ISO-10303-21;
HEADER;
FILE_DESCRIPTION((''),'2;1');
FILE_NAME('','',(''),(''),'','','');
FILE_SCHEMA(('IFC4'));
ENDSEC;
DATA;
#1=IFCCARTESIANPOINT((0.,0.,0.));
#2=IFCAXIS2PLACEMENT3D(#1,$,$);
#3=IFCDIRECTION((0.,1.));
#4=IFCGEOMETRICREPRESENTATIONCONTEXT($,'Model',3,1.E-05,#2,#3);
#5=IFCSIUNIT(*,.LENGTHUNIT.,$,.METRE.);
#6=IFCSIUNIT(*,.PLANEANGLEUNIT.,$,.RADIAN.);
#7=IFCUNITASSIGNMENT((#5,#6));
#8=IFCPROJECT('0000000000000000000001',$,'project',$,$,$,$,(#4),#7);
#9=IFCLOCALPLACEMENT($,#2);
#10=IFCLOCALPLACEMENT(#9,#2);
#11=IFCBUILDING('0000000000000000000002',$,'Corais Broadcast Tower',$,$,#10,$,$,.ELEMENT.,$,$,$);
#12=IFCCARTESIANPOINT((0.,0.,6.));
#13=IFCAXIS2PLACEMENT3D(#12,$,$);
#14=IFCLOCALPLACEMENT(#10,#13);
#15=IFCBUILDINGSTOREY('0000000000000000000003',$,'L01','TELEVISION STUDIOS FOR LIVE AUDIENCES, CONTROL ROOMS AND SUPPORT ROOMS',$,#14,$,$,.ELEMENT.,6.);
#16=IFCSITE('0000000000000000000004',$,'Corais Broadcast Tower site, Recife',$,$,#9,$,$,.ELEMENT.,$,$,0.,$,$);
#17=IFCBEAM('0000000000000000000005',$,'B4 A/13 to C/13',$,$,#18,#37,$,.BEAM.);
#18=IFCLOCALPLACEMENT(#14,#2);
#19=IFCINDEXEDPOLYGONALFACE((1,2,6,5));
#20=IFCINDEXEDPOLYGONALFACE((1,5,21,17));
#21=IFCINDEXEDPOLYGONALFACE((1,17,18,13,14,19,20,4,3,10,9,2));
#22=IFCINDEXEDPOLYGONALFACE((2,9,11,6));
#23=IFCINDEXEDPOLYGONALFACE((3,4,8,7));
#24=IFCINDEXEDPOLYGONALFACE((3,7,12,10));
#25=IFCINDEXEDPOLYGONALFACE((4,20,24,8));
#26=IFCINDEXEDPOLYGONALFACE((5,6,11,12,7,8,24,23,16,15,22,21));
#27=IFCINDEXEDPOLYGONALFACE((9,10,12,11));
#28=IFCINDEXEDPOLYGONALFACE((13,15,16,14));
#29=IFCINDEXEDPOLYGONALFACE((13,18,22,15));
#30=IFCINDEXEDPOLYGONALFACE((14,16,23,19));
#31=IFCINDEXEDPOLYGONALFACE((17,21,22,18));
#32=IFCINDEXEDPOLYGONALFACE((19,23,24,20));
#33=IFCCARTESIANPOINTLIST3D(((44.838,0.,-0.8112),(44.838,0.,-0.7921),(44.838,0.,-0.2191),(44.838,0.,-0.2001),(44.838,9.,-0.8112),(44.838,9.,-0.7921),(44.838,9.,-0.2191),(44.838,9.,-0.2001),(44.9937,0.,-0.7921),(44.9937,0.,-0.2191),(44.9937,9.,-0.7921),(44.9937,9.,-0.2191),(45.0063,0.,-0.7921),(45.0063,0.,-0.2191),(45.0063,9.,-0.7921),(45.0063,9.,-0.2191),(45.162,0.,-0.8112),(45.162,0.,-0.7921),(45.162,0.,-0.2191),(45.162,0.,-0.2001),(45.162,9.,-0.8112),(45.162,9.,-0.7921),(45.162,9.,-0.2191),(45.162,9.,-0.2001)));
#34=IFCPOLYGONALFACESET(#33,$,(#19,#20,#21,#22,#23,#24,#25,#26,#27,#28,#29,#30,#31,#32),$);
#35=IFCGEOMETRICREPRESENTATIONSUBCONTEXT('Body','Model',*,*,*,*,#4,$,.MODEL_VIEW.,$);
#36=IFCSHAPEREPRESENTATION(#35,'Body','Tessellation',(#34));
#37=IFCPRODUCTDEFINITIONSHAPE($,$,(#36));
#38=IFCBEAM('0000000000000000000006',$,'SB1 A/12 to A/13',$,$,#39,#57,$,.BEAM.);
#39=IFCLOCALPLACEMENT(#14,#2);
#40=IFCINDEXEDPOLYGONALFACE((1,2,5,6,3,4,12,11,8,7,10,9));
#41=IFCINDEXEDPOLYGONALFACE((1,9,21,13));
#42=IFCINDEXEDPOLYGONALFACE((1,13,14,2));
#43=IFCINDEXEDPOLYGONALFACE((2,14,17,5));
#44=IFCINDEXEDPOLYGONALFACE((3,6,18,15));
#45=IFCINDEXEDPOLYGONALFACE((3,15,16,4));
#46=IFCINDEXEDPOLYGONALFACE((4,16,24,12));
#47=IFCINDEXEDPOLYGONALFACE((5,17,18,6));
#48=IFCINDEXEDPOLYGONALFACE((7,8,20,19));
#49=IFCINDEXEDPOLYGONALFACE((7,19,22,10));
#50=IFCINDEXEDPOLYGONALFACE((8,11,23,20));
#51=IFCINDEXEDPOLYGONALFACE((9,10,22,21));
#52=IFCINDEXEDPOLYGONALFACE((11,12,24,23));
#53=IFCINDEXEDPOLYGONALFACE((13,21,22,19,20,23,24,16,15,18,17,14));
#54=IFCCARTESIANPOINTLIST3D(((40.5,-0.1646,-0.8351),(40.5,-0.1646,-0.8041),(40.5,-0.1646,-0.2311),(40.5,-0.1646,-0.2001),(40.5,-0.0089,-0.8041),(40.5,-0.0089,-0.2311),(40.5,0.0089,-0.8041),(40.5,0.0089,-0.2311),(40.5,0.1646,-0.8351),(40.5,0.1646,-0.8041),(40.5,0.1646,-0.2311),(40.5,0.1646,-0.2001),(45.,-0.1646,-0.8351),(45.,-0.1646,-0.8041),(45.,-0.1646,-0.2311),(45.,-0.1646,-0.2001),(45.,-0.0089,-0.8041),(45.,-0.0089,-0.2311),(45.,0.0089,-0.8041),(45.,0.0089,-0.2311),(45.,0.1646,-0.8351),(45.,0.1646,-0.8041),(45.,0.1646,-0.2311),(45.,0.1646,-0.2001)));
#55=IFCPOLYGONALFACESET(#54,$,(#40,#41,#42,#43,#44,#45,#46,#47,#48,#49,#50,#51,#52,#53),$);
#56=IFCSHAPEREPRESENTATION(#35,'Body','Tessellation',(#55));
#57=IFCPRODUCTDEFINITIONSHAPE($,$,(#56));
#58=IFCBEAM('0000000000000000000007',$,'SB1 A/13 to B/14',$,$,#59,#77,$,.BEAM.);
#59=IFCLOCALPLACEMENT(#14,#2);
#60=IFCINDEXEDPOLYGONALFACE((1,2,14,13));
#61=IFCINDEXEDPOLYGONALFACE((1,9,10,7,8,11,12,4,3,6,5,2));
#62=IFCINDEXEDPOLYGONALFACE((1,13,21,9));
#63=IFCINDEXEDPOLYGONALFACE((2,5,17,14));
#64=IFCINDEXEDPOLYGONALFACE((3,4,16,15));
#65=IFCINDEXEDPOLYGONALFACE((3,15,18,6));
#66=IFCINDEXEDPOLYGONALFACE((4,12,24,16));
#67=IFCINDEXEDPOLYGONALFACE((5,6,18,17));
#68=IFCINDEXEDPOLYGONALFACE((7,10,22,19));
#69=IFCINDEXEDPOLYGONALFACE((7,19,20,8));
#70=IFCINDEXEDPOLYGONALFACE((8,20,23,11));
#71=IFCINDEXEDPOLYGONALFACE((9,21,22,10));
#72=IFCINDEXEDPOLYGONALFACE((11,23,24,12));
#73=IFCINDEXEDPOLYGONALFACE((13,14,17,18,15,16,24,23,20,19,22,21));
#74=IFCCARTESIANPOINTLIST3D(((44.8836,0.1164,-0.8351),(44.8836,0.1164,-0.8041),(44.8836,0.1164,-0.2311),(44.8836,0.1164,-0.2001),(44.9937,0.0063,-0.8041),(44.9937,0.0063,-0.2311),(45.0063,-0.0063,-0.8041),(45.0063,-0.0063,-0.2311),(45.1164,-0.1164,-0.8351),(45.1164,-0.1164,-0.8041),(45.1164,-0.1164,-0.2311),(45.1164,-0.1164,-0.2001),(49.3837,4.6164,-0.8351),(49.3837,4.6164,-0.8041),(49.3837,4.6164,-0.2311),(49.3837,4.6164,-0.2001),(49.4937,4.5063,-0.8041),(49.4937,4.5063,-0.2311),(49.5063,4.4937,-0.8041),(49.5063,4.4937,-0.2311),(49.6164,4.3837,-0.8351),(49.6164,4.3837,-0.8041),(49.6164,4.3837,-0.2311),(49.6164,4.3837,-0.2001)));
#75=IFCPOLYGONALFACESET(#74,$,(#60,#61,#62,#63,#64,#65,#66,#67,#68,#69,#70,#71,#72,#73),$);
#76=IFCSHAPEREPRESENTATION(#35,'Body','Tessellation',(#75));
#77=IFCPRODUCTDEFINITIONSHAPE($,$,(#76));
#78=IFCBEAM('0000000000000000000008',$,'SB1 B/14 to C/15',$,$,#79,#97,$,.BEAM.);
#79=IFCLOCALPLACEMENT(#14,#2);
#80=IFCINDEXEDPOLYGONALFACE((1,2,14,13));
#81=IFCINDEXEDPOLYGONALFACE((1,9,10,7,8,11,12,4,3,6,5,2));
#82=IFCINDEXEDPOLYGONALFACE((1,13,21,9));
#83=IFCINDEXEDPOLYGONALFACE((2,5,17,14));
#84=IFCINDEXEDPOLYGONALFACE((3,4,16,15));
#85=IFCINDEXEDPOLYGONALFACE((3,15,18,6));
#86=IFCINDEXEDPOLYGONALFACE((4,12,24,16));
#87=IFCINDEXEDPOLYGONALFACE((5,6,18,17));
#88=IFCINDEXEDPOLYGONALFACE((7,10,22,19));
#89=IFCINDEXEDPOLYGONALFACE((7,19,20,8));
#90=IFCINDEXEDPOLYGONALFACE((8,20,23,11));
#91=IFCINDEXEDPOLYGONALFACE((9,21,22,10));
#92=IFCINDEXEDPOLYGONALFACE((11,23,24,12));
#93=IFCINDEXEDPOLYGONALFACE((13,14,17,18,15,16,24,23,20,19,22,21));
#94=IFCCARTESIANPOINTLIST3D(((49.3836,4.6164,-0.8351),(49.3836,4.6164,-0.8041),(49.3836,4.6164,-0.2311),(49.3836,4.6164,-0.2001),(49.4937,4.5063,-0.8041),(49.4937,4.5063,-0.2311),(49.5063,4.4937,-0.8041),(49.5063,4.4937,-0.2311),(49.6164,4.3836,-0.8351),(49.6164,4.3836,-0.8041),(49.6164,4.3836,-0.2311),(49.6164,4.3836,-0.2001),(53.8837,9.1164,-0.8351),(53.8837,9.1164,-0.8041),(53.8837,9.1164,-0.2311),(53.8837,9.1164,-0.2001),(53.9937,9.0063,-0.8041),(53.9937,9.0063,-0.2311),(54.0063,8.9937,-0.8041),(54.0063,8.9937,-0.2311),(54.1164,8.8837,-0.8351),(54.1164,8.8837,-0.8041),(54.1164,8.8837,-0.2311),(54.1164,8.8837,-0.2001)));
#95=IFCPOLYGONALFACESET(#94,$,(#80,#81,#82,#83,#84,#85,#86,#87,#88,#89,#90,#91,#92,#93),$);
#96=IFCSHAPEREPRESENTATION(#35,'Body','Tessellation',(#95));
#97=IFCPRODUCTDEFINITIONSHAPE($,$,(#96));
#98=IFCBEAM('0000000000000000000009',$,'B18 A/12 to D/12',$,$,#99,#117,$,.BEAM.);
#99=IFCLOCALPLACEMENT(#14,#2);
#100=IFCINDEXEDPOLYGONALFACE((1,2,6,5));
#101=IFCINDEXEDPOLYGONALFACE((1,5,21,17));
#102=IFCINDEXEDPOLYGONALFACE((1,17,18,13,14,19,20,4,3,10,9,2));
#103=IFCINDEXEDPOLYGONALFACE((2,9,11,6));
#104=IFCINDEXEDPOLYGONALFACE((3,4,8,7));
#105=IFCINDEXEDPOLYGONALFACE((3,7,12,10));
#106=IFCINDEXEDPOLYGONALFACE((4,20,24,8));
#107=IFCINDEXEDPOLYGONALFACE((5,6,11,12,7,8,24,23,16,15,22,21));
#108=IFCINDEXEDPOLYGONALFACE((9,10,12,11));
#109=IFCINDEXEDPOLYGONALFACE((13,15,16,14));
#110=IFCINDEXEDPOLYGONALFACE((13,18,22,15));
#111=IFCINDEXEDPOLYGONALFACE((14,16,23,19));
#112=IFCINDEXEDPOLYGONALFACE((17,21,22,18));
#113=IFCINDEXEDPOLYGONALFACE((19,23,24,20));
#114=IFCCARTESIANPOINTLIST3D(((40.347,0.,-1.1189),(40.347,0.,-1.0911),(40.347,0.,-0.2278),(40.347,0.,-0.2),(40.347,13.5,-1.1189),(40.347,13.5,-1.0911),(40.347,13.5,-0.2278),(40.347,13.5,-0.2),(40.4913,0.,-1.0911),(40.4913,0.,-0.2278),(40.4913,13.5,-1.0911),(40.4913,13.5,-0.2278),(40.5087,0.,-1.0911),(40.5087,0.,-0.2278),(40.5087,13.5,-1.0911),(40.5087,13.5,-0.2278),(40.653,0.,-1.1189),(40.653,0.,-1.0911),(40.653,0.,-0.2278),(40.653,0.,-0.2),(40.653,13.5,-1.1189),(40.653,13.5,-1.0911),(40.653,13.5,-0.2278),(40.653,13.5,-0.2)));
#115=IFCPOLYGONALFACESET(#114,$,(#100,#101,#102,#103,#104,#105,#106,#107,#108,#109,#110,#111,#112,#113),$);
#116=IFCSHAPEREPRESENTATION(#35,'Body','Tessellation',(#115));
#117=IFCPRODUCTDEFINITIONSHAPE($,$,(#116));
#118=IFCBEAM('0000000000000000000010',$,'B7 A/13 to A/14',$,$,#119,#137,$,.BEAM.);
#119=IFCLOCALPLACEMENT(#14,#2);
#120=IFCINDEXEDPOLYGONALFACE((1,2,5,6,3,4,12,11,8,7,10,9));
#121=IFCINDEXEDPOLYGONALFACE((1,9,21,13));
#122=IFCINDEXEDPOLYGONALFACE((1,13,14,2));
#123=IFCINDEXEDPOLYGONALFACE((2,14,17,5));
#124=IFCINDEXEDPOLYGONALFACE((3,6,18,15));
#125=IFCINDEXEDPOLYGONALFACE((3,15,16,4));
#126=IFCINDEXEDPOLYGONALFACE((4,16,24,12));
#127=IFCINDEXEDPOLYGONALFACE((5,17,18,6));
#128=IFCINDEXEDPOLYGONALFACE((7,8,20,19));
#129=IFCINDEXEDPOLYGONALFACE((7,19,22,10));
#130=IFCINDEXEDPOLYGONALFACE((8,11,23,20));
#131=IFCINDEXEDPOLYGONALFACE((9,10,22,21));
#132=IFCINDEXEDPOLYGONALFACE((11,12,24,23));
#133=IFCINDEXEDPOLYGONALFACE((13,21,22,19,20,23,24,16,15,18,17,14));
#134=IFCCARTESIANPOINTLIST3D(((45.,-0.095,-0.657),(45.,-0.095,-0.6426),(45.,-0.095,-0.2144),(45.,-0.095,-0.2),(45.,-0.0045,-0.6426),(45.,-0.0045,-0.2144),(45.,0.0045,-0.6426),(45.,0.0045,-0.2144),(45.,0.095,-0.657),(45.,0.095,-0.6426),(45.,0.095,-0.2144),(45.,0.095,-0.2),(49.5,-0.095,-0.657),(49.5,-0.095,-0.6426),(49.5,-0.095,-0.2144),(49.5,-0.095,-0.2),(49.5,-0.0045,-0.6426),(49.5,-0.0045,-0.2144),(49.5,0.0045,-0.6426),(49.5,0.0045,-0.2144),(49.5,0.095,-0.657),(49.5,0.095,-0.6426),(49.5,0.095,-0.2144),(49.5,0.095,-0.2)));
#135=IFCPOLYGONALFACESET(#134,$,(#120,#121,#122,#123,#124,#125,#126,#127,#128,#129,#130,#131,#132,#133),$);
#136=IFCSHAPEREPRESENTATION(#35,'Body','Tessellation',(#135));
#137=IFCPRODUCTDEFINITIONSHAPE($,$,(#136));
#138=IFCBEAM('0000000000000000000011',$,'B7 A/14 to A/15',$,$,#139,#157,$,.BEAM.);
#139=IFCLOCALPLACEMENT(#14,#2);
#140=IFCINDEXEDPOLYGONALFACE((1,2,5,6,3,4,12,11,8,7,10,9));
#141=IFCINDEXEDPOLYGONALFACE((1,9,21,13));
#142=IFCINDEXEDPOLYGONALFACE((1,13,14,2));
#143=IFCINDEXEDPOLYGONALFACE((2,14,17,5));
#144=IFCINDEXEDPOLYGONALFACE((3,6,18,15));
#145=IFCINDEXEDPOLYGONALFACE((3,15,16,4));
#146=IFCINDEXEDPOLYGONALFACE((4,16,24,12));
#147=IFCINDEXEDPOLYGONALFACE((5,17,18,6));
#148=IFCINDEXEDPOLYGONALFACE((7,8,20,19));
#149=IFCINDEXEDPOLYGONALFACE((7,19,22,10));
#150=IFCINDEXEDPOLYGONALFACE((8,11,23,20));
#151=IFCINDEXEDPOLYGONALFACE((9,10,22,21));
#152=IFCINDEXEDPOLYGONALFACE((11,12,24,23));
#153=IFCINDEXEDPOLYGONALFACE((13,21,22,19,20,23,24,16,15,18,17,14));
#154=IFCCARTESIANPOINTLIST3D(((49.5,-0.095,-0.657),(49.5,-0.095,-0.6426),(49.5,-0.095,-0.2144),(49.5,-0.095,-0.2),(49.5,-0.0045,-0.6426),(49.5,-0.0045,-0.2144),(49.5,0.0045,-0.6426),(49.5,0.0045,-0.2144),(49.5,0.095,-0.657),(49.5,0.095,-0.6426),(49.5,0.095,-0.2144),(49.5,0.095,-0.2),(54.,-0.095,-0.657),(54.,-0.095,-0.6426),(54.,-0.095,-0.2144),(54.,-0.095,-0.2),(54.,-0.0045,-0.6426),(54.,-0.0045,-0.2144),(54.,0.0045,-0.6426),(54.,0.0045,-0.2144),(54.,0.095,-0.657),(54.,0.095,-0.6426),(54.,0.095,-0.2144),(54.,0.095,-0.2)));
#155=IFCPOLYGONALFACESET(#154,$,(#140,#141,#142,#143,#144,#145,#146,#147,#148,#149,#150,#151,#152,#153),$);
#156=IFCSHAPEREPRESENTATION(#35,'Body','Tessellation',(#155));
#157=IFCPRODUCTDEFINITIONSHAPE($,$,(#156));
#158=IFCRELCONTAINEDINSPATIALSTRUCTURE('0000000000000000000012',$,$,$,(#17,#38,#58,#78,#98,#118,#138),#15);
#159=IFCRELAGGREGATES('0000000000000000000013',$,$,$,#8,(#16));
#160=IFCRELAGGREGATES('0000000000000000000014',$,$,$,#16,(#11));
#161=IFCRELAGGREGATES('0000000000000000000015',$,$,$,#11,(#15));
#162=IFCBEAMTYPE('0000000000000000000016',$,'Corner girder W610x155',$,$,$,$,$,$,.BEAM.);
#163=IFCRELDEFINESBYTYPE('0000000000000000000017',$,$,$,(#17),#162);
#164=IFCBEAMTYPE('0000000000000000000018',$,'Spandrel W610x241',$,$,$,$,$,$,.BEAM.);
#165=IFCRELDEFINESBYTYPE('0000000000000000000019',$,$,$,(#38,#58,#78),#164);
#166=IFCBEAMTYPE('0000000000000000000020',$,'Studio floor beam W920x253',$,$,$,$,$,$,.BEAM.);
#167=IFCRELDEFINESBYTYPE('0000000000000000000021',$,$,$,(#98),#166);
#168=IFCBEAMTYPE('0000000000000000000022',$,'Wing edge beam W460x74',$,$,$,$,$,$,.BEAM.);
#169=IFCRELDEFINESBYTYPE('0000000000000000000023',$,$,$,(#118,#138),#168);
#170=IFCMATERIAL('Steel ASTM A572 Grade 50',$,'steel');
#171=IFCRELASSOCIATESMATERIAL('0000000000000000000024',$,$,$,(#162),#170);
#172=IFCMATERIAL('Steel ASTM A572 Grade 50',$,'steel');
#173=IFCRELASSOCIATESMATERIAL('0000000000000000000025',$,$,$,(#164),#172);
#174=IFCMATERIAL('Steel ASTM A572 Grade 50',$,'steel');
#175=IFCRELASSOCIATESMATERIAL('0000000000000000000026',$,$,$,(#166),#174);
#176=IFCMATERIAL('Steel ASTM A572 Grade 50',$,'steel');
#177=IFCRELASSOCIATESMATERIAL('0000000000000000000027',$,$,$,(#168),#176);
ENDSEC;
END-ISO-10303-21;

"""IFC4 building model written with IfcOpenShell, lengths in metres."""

from ifc_helpers import new_model, si_unit, direction, frame, origin, origin_2d, place, context, subcontext, project, spatial, i_section, extrude, material, material_profile, profile_set, type_object, element, save


model = new_model("IFC4")

# Units and contexts
model_context = context("Model", 3, precision=1e-05, world=origin(), true_north=direction((0.0, 1.0)))
body_context = subcontext(model_context, "Body", "Model", "MODEL_VIEW")
ifc_project = project(units=[si_unit("LENGTHUNIT", "METRE"), si_unit("PLANEANGLEUNIT", "RADIAN")], contexts=[model_context])

# Site, building, storey
site_placement = place(None, origin())
site = spatial("IfcSite", under=ifc_project, at=site_placement, Name="Corais Broadcast Tower site, Recife", CompositionType="ELEMENT", RefElevation=0.0)
building_placement = place(site_placement, origin())
building = spatial("IfcBuilding", under=site, at=building_placement, Name="Corais Broadcast Tower", CompositionType="ELEMENT")
storey_placement = place(building_placement, frame((0.0, 0.0, 6.0)))
storey = spatial("IfcBuildingStorey", under=building, at=storey_placement, Name="L01", Description="TELEVISION STUDIOS FOR LIVE AUDIENCES, CONTROL ROOMS AND SUPPORT ROOMS", CompositionType="ELEMENT", Elevation=6.0)

# Beams
ifc_material_1 = material(Name="Steel ASTM A572 Grade 50", Category="steel")
ifc_material_profile_1 = material_profile(ifc_material_1, i_section(OverallWidth=0.324, OverallDepth=0.6111, WebThickness=0.0127, FlangeThickness=0.019, at=origin_2d()), Name="W610x155")
ifc_profile_set_1 = profile_set([ifc_material_profile_1], Name="Steel ASTM A572 Grade 50")
beam_type_1 = type_object("IfcBeamType", Name="Corner girder W610x155", PredefinedType="BEAM", material=ifc_profile_set_1)
beam_1_placement = place(storey_placement, frame((45.0, 0.0, -0.5056), z_axis=(0.0, 1.0, 0.0), x_axis=(-1.0, 0.0, 0.0)))
element("IfcBeam", 1, at=beam_1_placement, inside=storey, type_object=beam_type_1, Name="B4 A/13 to C/13", PredefinedType="BEAM", context=body_context, shape_type="SweptSolid", body=[
    extrude(i_section(OverallWidth=0.324, OverallDepth=0.6111, WebThickness=0.0127, FlangeThickness=0.019, at=origin_2d()), origin(), (0.0, 0.0, 1.0), 9.0),
])
ifc_material_2 = material(Name="Steel ASTM A572 Grade 50", Category="steel")
ifc_material_profile_2 = material_profile(ifc_material_2, i_section(OverallWidth=0.3291, OverallDepth=0.635, WebThickness=0.0178, FlangeThickness=0.031, at=origin_2d()), Name="W610x241")
ifc_profile_set_2 = profile_set([ifc_material_profile_2], Name="Steel ASTM A572 Grade 50")
beam_type_2 = type_object("IfcBeamType", Name="Spandrel W610x241", PredefinedType="BEAM", material=ifc_profile_set_2)
beam_2_placement = place(storey_placement, frame((40.5, 0.0, -0.5176), z_axis=(1.0, 0.0, 0.0), x_axis=(0.0, 1.0, 0.0)))
element("IfcBeam", 2, at=beam_2_placement, inside=storey, type_object=beam_type_2, Name="SB1 A/12 to A/13", PredefinedType="BEAM", context=body_context, shape_type="SweptSolid", body=[
    extrude(i_section(OverallWidth=0.3291, OverallDepth=0.635, WebThickness=0.0178, FlangeThickness=0.031, at=origin_2d()), origin(), (0.0, 0.0, 1.0), 4.5),
])
for number, where, z_axis, x_axis, name in (
    (3, (45.0, 0.0, -0.5176), (0.707107, 0.707107, 0.0), (-0.707107, 0.707107, 0.0), "SB1 A/13 to B/14"),
    (4, (49.5, 4.5, -0.5176), (0.707107, 0.707107, 0.0), (-0.707107, 0.707107, 0.0), "SB1 B/14 to C/15"),
):
    element("IfcBeam", number, at=place(storey_placement, frame(where, z_axis=z_axis, x_axis=x_axis)), inside=storey, type_object=beam_type_2, Name=name, PredefinedType="BEAM", context=body_context, shape_type="SweptSolid", body=[
        extrude(i_section(OverallWidth=0.3291, OverallDepth=0.635, WebThickness=0.0178, FlangeThickness=0.031, at=origin_2d()), origin(), (0.0, 0.0, 1.0), 6.364),
    ])
ifc_material_3 = material(Name="Steel ASTM A572 Grade 50", Category="steel")
ifc_material_profile_3 = material_profile(ifc_material_3, i_section(OverallWidth=0.3059, OverallDepth=0.9189, WebThickness=0.0173, FlangeThickness=0.0278, at=origin_2d()), Name="W920x253")
ifc_profile_set_3 = profile_set([ifc_material_profile_3], Name="Steel ASTM A572 Grade 50")
beam_type_3 = type_object("IfcBeamType", Name="Studio floor beam W920x253", PredefinedType="BEAM", material=ifc_profile_set_3)
beam_3_placement = place(storey_placement, frame((40.5, 0.0, -0.6594), z_axis=(0.0, 1.0, 0.0), x_axis=(-1.0, 0.0, 0.0)))
element("IfcBeam", 5, at=beam_3_placement, inside=storey, type_object=beam_type_3, Name="B18 A/12 to D/12", PredefinedType="BEAM", context=body_context, shape_type="SweptSolid", body=[
    extrude(i_section(OverallWidth=0.3059, OverallDepth=0.9189, WebThickness=0.0173, FlangeThickness=0.0278, at=origin_2d()), origin(), (0.0, 0.0, 1.0), 13.5),
])
ifc_material_4 = material(Name="Steel ASTM A572 Grade 50", Category="steel")
ifc_material_profile_4 = material_profile(ifc_material_4, i_section(OverallWidth=0.1899, OverallDepth=0.457, WebThickness=0.009, FlangeThickness=0.0144, at=origin_2d()), Name="W460x74")
ifc_profile_set_4 = profile_set([ifc_material_profile_4], Name="Steel ASTM A572 Grade 50")
beam_type_4 = type_object("IfcBeamType", Name="Wing edge beam W460x74", PredefinedType="BEAM", material=ifc_profile_set_4)
for number, where, z_axis, x_axis, name in (
    (6, (45.0, 0.0, -0.4285), (1.0, 0.0, 0.0), (0.0, 1.0, 0.0), "B7 A/13 to A/14"),
    (7, (49.5, 0.0, -0.4285), (1.0, 0.0, 0.0), (0.0, 1.0, 0.0), "B7 A/14 to A/15"),
):
    element("IfcBeam", number, at=place(storey_placement, frame(where, z_axis=z_axis, x_axis=x_axis)), inside=storey, type_object=beam_type_4, Name=name, PredefinedType="BEAM", context=body_context, shape_type="SweptSolid", body=[
        extrude(i_section(OverallWidth=0.1899, OverallDepth=0.457, WebThickness=0.009, FlangeThickness=0.0144, at=origin_2d()), origin(), (0.0, 0.0, 1.0), 4.5),
    ])

save(model, "model.ifc")
